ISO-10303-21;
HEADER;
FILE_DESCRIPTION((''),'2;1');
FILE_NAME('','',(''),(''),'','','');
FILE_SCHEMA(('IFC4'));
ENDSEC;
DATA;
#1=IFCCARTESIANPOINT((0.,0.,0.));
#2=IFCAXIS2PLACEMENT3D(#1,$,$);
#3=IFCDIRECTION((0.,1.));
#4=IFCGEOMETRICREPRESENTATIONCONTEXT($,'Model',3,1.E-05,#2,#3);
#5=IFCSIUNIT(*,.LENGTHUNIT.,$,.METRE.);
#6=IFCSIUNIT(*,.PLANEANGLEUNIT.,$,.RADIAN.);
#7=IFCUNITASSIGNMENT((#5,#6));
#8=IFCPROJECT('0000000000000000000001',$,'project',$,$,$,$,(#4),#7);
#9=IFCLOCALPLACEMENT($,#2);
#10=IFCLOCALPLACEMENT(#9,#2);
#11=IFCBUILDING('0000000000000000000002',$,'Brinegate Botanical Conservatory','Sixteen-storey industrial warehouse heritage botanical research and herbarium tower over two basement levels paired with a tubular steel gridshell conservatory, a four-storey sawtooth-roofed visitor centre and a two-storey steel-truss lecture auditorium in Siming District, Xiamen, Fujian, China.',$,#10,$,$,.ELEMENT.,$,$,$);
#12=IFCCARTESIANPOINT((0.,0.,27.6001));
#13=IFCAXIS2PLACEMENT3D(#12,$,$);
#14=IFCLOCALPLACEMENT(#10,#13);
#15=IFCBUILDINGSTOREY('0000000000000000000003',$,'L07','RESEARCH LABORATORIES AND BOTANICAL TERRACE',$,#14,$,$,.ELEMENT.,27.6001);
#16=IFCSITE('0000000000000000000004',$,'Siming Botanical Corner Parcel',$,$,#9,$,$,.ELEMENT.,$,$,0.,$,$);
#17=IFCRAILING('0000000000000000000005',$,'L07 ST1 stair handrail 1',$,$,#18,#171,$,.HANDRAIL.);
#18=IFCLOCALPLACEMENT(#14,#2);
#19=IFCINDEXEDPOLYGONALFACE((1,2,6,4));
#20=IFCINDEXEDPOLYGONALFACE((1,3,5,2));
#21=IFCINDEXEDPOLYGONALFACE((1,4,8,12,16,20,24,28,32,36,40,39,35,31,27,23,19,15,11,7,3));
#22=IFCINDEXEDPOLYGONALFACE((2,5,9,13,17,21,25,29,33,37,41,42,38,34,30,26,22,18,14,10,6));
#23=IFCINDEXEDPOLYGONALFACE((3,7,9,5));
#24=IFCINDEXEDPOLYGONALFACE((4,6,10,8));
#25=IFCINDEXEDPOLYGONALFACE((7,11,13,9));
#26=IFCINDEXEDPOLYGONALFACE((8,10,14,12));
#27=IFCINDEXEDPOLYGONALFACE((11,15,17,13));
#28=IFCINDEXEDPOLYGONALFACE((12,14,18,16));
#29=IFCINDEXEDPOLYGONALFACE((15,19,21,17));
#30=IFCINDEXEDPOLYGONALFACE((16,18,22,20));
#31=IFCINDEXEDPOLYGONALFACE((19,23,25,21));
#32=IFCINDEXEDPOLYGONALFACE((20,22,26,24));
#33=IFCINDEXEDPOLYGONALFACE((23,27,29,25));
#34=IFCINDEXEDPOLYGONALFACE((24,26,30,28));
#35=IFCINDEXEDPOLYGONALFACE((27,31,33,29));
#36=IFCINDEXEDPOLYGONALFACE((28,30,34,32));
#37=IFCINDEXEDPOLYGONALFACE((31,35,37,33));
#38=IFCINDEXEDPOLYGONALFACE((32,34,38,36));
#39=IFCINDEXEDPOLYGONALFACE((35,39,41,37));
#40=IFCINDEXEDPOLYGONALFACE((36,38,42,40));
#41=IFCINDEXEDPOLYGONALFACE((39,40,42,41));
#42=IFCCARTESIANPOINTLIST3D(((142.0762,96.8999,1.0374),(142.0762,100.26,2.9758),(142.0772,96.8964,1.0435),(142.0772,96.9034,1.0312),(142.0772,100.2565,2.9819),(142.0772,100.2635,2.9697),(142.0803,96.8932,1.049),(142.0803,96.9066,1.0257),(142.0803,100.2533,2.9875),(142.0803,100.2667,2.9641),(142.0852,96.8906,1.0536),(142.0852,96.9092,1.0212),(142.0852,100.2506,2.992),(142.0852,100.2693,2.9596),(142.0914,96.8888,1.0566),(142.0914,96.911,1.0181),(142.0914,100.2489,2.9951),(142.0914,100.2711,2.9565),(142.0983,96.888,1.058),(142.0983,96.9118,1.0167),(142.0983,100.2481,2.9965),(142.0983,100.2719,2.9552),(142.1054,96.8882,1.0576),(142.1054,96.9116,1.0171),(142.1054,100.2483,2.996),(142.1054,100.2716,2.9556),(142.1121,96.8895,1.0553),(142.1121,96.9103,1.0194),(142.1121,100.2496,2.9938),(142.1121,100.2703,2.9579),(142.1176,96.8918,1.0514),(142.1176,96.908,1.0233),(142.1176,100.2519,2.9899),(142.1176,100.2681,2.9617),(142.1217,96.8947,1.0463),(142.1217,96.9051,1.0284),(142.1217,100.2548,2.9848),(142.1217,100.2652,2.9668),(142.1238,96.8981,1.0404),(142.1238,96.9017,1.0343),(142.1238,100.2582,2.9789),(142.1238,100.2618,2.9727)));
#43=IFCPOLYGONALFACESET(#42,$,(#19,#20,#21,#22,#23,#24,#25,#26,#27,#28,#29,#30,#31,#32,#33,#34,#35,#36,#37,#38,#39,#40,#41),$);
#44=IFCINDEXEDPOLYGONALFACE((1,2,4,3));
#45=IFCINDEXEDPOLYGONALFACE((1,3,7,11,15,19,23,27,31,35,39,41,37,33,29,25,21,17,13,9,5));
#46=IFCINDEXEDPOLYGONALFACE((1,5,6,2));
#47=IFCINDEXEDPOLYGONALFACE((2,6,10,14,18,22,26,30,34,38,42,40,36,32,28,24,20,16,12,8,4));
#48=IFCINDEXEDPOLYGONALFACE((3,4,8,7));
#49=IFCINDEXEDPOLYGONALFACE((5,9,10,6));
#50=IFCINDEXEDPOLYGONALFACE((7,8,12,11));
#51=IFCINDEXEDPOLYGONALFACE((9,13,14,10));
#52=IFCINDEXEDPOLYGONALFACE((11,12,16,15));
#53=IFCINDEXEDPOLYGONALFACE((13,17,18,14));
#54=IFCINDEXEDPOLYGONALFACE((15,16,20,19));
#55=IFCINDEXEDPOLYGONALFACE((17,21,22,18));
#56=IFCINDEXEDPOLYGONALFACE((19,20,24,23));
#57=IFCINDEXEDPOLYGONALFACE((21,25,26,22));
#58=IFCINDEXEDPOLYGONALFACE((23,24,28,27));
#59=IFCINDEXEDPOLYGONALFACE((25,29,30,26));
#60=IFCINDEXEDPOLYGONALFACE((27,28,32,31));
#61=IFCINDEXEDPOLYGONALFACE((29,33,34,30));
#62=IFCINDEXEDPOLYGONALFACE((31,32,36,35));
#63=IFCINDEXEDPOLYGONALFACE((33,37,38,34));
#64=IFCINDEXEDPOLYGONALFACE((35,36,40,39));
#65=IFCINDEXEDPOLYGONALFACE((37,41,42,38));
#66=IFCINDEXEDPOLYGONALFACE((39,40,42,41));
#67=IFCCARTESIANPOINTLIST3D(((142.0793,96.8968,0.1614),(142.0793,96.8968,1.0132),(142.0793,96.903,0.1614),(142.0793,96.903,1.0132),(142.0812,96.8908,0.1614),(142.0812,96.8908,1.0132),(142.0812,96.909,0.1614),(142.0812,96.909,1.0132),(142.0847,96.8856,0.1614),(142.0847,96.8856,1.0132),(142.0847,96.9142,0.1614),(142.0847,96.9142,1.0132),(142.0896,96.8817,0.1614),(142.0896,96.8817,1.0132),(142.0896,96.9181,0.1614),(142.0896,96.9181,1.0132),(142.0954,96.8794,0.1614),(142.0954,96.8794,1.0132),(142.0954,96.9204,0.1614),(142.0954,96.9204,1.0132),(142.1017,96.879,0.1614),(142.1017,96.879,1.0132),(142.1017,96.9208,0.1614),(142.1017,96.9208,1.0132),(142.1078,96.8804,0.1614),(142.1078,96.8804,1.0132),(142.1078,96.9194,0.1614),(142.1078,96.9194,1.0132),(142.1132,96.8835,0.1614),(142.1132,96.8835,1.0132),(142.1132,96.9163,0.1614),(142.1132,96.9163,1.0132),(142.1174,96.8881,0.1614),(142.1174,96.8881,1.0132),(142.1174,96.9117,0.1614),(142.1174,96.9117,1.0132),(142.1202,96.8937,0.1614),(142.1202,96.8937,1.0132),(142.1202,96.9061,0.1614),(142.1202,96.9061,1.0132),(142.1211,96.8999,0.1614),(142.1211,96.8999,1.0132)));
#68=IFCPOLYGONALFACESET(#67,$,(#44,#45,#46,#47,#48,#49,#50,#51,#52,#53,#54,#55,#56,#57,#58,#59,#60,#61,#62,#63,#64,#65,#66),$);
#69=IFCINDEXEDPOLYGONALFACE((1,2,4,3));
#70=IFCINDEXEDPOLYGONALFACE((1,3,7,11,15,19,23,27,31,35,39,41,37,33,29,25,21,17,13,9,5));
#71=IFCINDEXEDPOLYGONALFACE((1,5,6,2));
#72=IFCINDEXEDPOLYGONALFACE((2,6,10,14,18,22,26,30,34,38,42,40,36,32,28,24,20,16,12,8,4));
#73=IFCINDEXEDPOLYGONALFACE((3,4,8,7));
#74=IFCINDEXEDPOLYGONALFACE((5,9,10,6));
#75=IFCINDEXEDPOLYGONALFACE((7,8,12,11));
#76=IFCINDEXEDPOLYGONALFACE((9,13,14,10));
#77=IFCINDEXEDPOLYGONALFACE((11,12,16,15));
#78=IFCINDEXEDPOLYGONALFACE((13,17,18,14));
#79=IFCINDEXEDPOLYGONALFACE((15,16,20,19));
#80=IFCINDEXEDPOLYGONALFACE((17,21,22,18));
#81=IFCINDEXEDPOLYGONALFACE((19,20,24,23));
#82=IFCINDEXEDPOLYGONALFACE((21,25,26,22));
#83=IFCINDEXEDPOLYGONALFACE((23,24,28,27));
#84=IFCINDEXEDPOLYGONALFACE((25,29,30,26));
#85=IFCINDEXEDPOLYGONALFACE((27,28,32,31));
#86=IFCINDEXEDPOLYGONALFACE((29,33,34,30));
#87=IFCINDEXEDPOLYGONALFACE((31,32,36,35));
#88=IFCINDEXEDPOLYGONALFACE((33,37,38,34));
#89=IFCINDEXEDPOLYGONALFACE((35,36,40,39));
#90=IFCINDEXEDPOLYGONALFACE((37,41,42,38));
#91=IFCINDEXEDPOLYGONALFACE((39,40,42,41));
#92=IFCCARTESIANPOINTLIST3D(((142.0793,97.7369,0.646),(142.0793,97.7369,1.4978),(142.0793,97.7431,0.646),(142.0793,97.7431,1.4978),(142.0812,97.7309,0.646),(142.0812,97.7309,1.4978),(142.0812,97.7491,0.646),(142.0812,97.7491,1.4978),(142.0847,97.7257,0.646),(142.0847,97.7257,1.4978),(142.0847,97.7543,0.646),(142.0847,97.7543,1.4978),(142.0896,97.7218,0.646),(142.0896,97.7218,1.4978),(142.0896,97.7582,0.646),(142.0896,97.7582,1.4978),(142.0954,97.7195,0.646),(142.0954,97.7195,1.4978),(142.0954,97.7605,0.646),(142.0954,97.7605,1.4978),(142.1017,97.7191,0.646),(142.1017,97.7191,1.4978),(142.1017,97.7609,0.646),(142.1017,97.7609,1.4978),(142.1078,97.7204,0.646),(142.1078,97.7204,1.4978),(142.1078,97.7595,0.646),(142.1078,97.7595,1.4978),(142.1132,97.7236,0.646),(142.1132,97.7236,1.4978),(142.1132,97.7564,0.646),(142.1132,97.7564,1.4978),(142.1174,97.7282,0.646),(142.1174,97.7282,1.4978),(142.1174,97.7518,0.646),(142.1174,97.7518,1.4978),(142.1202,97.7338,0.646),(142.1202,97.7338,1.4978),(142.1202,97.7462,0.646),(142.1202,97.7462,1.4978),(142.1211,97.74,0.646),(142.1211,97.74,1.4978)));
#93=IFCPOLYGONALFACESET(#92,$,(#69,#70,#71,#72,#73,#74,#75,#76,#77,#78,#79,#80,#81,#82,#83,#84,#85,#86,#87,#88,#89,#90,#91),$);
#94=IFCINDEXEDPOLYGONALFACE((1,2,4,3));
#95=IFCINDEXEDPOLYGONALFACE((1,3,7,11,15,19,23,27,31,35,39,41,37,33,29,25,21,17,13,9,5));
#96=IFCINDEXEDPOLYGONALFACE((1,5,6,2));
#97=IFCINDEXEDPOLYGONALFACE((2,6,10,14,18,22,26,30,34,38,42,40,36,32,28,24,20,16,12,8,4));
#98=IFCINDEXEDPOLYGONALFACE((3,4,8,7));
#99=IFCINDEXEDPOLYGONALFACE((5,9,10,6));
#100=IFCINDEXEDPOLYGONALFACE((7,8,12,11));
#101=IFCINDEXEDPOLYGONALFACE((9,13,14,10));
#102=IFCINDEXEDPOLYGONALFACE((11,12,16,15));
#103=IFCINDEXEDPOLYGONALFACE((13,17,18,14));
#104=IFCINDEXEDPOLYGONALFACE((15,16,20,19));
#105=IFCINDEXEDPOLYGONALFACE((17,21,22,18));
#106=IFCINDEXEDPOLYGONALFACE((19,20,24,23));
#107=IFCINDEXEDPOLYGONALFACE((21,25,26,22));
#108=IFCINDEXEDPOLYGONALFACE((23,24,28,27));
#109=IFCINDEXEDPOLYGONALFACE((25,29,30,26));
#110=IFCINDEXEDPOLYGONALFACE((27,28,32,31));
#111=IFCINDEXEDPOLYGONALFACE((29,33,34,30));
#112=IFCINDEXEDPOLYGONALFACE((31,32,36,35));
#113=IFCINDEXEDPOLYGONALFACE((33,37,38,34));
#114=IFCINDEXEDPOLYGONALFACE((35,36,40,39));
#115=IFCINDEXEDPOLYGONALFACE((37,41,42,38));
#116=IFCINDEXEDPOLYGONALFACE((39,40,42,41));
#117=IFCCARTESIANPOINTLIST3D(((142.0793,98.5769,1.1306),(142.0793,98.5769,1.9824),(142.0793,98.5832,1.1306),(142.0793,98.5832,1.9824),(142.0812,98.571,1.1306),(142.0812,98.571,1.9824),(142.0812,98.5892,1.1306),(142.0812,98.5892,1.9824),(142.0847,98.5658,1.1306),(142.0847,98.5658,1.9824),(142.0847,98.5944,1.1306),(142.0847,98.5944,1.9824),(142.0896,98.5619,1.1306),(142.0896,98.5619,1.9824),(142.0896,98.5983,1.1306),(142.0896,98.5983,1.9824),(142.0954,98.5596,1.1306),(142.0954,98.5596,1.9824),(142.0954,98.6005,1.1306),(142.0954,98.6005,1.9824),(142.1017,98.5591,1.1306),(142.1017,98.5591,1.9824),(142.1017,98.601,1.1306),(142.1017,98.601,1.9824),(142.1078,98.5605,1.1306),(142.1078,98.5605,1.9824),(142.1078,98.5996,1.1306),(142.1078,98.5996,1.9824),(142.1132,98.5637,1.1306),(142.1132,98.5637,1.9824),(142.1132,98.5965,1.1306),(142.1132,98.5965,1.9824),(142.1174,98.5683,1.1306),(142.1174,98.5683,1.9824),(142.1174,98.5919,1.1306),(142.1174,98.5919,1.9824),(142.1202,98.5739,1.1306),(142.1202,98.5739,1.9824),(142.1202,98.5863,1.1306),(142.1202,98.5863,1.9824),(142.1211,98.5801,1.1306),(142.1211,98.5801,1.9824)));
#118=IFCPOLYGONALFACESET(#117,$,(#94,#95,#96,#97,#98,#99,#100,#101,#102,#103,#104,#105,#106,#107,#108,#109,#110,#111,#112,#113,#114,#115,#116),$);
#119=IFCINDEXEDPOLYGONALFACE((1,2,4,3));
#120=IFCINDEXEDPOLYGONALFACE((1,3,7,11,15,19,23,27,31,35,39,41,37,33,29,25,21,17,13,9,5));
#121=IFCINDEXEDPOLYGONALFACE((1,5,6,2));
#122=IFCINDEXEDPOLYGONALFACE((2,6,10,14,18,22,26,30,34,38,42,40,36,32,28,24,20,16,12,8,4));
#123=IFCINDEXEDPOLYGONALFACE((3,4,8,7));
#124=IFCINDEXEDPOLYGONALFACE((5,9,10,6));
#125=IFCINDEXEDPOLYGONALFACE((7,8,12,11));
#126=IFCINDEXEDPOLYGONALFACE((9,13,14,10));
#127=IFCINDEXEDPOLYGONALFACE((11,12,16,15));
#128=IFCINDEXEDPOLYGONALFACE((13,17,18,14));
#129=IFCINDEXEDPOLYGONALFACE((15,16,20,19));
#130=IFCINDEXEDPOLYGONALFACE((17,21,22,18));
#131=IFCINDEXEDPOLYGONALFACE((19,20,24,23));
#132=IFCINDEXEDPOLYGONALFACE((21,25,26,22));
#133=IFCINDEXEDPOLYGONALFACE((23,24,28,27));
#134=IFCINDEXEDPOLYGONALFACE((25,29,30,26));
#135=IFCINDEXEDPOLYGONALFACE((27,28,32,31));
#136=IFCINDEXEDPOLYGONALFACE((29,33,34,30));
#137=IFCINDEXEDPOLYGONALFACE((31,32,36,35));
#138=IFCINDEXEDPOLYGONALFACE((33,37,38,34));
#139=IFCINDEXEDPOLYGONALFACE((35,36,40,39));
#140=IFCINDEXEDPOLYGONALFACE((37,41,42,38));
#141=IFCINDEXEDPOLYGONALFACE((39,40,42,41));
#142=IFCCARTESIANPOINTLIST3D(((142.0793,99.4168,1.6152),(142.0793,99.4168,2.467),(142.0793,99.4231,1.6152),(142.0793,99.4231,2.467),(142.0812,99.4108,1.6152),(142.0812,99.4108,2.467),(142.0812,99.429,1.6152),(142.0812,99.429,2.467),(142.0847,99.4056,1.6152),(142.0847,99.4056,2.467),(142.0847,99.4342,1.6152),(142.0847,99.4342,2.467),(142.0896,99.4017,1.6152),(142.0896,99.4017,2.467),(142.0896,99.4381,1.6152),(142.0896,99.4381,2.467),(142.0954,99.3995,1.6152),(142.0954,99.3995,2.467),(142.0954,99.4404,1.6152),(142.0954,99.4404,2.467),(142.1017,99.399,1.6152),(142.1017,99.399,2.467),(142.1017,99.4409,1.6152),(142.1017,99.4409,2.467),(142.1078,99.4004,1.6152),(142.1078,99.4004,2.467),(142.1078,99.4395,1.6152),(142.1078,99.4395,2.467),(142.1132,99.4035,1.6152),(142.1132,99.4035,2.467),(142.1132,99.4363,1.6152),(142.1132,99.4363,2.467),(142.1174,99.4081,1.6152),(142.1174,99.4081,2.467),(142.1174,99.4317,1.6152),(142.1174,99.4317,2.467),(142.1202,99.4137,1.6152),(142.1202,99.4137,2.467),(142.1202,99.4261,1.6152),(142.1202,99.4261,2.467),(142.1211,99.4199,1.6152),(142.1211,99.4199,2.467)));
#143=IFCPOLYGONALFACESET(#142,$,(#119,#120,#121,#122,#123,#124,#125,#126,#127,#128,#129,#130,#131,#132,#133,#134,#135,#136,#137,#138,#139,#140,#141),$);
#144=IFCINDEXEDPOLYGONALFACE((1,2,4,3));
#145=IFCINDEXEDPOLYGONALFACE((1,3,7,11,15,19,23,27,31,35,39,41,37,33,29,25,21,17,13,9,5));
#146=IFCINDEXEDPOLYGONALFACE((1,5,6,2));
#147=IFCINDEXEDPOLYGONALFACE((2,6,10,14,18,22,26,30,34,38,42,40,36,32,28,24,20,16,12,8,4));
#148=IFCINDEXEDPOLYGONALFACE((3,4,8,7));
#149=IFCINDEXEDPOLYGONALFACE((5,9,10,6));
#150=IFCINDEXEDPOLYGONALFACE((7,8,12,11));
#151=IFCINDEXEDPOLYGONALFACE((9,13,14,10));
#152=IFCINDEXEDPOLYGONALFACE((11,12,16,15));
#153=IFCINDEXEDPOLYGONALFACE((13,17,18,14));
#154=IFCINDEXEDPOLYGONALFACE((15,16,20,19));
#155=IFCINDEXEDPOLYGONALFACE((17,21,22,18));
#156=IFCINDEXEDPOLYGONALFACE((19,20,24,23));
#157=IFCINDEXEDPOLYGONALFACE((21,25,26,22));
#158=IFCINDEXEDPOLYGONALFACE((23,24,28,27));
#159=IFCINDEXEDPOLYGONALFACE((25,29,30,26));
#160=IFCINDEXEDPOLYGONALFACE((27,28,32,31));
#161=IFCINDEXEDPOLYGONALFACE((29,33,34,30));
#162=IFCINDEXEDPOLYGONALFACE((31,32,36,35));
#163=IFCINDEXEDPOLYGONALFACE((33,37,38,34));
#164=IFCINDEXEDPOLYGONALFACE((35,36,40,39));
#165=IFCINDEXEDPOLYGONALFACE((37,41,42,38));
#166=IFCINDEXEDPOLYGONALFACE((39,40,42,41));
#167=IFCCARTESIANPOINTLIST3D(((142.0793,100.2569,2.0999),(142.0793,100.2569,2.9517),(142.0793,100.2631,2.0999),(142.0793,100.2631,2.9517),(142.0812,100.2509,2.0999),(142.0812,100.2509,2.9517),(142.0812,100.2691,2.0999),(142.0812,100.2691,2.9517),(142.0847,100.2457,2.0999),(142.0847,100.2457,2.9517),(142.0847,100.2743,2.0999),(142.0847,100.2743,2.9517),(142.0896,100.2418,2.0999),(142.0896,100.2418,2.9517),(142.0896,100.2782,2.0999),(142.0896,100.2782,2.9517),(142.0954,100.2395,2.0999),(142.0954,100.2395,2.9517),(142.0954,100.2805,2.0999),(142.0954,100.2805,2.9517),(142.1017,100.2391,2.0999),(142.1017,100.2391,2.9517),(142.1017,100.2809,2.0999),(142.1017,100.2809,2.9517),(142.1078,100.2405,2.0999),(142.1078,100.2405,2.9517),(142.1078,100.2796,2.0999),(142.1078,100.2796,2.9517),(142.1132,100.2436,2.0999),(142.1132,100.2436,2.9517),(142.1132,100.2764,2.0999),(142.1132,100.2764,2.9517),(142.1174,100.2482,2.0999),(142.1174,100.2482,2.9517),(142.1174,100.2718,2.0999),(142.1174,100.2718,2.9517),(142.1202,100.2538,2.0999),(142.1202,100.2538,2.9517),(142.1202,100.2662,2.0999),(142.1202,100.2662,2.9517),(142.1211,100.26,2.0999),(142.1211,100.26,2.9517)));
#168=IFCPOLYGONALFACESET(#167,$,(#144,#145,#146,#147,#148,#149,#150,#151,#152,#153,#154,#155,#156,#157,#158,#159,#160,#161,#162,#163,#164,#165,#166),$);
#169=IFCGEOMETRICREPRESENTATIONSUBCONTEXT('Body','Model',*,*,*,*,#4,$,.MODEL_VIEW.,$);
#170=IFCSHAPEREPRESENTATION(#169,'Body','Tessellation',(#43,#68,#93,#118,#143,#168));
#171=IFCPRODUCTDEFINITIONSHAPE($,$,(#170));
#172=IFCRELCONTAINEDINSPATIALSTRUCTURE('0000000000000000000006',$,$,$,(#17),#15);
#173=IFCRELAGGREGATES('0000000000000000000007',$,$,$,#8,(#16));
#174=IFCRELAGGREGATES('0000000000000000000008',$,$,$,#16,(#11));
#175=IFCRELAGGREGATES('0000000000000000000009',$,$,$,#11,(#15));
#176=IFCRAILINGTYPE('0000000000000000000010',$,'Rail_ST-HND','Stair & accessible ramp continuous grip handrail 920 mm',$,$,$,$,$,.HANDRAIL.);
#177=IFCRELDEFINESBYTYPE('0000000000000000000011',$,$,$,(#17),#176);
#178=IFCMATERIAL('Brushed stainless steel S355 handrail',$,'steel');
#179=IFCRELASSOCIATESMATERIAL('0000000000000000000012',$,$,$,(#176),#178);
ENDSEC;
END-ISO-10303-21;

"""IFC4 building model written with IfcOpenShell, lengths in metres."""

from ifc_helpers import new_model, si_unit, direction, frame, origin, origin_2d, place, context, subcontext, project, spatial, circle, extrude, material, type_object, element, save


model = new_model("IFC4")

# Units and contexts
model_context = context("Model", 3, precision=1e-05, world=origin(), true_north=direction((0.0, 1.0)))
body_context = subcontext(model_context, "Body", "Model", "MODEL_VIEW")
ifc_project = project(units=[si_unit("LENGTHUNIT", "METRE"), si_unit("PLANEANGLEUNIT", "RADIAN")], contexts=[model_context])

# Site, building, storey
site_placement = place(None, origin())
site = spatial("IfcSite", under=ifc_project, at=site_placement, Name="Siming Botanical Corner Parcel", CompositionType="ELEMENT", RefElevation=0.0)
building_placement = place(site_placement, origin())
building = spatial("IfcBuilding", under=site, at=building_placement, Name="Brinegate Botanical Conservatory", Description="Sixteen-storey industrial warehouse heritage botanical research and herbarium tower over two basement levels paired with a tubular steel gridshell conservatory, a four-storey sawtooth-roofed visitor centre and a two-storey steel-truss lecture auditorium in Siming District, Xiamen, Fujian, China.", CompositionType="ELEMENT")
storey_placement = place(building_placement, frame((0.0, 0.0, 27.6001)))
storey = spatial("IfcBuildingStorey", under=building, at=storey_placement, Name="L07", Description="RESEARCH LABORATORIES AND BOTANICAL TERRACE", CompositionType="ELEMENT", Elevation=27.6001)

# Railing
ifc_material_1 = material(Name="Brushed stainless steel S355 handrail", Category="steel")
railing_type_1 = type_object("IfcRailingType", Name="Rail_ST-HND", Description="Stair & accessible ramp continuous grip handrail 920 mm", PredefinedType="HANDRAIL", material=ifc_material_1)
railing_1_placement = place(storey_placement, frame((142.1001, 96.8999, 0.1614)))
element("IfcRailing", 1, at=railing_1_placement, inside=storey, type_object=railing_type_1, Name="L07 ST1 stair handrail 1", PredefinedType="HANDRAIL", context=body_context, shape_type="SweptSolid", body=[
    extrude(circle(Radius=0.0239, at=origin_2d()), frame((0.0, 0.0, 0.876), z_axis=(0.0, 0.866191, 0.499713), x_axis=(-1.0, 0.0, 0.0)), (0.0, 0.0, 1.0), 3.8792),
    extrude(circle(Radius=0.021, at=origin_2d()), origin(), (0.0, 0.0, 1.0), 0.8518),
    extrude(circle(Radius=0.021, at=origin_2d()), frame((0.0, 0.8401, 0.4846)), (0.0, 0.0, 1.0), 0.8518),
    extrude(circle(Radius=0.021, at=origin_2d()), frame((0.0, 1.6802, 0.9692)), (0.0, 0.0, 1.0), 0.8518),
    extrude(circle(Radius=0.021, at=origin_2d()), frame((0.0, 2.52, 1.4539)), (0.0, 0.0, 1.0), 0.8518),
    extrude(circle(Radius=0.021, at=origin_2d()), frame((0.0, 3.3601, 1.9385)), (0.0, 0.0, 1.0), 0.8518),
])

save(model, "model.ifc")
